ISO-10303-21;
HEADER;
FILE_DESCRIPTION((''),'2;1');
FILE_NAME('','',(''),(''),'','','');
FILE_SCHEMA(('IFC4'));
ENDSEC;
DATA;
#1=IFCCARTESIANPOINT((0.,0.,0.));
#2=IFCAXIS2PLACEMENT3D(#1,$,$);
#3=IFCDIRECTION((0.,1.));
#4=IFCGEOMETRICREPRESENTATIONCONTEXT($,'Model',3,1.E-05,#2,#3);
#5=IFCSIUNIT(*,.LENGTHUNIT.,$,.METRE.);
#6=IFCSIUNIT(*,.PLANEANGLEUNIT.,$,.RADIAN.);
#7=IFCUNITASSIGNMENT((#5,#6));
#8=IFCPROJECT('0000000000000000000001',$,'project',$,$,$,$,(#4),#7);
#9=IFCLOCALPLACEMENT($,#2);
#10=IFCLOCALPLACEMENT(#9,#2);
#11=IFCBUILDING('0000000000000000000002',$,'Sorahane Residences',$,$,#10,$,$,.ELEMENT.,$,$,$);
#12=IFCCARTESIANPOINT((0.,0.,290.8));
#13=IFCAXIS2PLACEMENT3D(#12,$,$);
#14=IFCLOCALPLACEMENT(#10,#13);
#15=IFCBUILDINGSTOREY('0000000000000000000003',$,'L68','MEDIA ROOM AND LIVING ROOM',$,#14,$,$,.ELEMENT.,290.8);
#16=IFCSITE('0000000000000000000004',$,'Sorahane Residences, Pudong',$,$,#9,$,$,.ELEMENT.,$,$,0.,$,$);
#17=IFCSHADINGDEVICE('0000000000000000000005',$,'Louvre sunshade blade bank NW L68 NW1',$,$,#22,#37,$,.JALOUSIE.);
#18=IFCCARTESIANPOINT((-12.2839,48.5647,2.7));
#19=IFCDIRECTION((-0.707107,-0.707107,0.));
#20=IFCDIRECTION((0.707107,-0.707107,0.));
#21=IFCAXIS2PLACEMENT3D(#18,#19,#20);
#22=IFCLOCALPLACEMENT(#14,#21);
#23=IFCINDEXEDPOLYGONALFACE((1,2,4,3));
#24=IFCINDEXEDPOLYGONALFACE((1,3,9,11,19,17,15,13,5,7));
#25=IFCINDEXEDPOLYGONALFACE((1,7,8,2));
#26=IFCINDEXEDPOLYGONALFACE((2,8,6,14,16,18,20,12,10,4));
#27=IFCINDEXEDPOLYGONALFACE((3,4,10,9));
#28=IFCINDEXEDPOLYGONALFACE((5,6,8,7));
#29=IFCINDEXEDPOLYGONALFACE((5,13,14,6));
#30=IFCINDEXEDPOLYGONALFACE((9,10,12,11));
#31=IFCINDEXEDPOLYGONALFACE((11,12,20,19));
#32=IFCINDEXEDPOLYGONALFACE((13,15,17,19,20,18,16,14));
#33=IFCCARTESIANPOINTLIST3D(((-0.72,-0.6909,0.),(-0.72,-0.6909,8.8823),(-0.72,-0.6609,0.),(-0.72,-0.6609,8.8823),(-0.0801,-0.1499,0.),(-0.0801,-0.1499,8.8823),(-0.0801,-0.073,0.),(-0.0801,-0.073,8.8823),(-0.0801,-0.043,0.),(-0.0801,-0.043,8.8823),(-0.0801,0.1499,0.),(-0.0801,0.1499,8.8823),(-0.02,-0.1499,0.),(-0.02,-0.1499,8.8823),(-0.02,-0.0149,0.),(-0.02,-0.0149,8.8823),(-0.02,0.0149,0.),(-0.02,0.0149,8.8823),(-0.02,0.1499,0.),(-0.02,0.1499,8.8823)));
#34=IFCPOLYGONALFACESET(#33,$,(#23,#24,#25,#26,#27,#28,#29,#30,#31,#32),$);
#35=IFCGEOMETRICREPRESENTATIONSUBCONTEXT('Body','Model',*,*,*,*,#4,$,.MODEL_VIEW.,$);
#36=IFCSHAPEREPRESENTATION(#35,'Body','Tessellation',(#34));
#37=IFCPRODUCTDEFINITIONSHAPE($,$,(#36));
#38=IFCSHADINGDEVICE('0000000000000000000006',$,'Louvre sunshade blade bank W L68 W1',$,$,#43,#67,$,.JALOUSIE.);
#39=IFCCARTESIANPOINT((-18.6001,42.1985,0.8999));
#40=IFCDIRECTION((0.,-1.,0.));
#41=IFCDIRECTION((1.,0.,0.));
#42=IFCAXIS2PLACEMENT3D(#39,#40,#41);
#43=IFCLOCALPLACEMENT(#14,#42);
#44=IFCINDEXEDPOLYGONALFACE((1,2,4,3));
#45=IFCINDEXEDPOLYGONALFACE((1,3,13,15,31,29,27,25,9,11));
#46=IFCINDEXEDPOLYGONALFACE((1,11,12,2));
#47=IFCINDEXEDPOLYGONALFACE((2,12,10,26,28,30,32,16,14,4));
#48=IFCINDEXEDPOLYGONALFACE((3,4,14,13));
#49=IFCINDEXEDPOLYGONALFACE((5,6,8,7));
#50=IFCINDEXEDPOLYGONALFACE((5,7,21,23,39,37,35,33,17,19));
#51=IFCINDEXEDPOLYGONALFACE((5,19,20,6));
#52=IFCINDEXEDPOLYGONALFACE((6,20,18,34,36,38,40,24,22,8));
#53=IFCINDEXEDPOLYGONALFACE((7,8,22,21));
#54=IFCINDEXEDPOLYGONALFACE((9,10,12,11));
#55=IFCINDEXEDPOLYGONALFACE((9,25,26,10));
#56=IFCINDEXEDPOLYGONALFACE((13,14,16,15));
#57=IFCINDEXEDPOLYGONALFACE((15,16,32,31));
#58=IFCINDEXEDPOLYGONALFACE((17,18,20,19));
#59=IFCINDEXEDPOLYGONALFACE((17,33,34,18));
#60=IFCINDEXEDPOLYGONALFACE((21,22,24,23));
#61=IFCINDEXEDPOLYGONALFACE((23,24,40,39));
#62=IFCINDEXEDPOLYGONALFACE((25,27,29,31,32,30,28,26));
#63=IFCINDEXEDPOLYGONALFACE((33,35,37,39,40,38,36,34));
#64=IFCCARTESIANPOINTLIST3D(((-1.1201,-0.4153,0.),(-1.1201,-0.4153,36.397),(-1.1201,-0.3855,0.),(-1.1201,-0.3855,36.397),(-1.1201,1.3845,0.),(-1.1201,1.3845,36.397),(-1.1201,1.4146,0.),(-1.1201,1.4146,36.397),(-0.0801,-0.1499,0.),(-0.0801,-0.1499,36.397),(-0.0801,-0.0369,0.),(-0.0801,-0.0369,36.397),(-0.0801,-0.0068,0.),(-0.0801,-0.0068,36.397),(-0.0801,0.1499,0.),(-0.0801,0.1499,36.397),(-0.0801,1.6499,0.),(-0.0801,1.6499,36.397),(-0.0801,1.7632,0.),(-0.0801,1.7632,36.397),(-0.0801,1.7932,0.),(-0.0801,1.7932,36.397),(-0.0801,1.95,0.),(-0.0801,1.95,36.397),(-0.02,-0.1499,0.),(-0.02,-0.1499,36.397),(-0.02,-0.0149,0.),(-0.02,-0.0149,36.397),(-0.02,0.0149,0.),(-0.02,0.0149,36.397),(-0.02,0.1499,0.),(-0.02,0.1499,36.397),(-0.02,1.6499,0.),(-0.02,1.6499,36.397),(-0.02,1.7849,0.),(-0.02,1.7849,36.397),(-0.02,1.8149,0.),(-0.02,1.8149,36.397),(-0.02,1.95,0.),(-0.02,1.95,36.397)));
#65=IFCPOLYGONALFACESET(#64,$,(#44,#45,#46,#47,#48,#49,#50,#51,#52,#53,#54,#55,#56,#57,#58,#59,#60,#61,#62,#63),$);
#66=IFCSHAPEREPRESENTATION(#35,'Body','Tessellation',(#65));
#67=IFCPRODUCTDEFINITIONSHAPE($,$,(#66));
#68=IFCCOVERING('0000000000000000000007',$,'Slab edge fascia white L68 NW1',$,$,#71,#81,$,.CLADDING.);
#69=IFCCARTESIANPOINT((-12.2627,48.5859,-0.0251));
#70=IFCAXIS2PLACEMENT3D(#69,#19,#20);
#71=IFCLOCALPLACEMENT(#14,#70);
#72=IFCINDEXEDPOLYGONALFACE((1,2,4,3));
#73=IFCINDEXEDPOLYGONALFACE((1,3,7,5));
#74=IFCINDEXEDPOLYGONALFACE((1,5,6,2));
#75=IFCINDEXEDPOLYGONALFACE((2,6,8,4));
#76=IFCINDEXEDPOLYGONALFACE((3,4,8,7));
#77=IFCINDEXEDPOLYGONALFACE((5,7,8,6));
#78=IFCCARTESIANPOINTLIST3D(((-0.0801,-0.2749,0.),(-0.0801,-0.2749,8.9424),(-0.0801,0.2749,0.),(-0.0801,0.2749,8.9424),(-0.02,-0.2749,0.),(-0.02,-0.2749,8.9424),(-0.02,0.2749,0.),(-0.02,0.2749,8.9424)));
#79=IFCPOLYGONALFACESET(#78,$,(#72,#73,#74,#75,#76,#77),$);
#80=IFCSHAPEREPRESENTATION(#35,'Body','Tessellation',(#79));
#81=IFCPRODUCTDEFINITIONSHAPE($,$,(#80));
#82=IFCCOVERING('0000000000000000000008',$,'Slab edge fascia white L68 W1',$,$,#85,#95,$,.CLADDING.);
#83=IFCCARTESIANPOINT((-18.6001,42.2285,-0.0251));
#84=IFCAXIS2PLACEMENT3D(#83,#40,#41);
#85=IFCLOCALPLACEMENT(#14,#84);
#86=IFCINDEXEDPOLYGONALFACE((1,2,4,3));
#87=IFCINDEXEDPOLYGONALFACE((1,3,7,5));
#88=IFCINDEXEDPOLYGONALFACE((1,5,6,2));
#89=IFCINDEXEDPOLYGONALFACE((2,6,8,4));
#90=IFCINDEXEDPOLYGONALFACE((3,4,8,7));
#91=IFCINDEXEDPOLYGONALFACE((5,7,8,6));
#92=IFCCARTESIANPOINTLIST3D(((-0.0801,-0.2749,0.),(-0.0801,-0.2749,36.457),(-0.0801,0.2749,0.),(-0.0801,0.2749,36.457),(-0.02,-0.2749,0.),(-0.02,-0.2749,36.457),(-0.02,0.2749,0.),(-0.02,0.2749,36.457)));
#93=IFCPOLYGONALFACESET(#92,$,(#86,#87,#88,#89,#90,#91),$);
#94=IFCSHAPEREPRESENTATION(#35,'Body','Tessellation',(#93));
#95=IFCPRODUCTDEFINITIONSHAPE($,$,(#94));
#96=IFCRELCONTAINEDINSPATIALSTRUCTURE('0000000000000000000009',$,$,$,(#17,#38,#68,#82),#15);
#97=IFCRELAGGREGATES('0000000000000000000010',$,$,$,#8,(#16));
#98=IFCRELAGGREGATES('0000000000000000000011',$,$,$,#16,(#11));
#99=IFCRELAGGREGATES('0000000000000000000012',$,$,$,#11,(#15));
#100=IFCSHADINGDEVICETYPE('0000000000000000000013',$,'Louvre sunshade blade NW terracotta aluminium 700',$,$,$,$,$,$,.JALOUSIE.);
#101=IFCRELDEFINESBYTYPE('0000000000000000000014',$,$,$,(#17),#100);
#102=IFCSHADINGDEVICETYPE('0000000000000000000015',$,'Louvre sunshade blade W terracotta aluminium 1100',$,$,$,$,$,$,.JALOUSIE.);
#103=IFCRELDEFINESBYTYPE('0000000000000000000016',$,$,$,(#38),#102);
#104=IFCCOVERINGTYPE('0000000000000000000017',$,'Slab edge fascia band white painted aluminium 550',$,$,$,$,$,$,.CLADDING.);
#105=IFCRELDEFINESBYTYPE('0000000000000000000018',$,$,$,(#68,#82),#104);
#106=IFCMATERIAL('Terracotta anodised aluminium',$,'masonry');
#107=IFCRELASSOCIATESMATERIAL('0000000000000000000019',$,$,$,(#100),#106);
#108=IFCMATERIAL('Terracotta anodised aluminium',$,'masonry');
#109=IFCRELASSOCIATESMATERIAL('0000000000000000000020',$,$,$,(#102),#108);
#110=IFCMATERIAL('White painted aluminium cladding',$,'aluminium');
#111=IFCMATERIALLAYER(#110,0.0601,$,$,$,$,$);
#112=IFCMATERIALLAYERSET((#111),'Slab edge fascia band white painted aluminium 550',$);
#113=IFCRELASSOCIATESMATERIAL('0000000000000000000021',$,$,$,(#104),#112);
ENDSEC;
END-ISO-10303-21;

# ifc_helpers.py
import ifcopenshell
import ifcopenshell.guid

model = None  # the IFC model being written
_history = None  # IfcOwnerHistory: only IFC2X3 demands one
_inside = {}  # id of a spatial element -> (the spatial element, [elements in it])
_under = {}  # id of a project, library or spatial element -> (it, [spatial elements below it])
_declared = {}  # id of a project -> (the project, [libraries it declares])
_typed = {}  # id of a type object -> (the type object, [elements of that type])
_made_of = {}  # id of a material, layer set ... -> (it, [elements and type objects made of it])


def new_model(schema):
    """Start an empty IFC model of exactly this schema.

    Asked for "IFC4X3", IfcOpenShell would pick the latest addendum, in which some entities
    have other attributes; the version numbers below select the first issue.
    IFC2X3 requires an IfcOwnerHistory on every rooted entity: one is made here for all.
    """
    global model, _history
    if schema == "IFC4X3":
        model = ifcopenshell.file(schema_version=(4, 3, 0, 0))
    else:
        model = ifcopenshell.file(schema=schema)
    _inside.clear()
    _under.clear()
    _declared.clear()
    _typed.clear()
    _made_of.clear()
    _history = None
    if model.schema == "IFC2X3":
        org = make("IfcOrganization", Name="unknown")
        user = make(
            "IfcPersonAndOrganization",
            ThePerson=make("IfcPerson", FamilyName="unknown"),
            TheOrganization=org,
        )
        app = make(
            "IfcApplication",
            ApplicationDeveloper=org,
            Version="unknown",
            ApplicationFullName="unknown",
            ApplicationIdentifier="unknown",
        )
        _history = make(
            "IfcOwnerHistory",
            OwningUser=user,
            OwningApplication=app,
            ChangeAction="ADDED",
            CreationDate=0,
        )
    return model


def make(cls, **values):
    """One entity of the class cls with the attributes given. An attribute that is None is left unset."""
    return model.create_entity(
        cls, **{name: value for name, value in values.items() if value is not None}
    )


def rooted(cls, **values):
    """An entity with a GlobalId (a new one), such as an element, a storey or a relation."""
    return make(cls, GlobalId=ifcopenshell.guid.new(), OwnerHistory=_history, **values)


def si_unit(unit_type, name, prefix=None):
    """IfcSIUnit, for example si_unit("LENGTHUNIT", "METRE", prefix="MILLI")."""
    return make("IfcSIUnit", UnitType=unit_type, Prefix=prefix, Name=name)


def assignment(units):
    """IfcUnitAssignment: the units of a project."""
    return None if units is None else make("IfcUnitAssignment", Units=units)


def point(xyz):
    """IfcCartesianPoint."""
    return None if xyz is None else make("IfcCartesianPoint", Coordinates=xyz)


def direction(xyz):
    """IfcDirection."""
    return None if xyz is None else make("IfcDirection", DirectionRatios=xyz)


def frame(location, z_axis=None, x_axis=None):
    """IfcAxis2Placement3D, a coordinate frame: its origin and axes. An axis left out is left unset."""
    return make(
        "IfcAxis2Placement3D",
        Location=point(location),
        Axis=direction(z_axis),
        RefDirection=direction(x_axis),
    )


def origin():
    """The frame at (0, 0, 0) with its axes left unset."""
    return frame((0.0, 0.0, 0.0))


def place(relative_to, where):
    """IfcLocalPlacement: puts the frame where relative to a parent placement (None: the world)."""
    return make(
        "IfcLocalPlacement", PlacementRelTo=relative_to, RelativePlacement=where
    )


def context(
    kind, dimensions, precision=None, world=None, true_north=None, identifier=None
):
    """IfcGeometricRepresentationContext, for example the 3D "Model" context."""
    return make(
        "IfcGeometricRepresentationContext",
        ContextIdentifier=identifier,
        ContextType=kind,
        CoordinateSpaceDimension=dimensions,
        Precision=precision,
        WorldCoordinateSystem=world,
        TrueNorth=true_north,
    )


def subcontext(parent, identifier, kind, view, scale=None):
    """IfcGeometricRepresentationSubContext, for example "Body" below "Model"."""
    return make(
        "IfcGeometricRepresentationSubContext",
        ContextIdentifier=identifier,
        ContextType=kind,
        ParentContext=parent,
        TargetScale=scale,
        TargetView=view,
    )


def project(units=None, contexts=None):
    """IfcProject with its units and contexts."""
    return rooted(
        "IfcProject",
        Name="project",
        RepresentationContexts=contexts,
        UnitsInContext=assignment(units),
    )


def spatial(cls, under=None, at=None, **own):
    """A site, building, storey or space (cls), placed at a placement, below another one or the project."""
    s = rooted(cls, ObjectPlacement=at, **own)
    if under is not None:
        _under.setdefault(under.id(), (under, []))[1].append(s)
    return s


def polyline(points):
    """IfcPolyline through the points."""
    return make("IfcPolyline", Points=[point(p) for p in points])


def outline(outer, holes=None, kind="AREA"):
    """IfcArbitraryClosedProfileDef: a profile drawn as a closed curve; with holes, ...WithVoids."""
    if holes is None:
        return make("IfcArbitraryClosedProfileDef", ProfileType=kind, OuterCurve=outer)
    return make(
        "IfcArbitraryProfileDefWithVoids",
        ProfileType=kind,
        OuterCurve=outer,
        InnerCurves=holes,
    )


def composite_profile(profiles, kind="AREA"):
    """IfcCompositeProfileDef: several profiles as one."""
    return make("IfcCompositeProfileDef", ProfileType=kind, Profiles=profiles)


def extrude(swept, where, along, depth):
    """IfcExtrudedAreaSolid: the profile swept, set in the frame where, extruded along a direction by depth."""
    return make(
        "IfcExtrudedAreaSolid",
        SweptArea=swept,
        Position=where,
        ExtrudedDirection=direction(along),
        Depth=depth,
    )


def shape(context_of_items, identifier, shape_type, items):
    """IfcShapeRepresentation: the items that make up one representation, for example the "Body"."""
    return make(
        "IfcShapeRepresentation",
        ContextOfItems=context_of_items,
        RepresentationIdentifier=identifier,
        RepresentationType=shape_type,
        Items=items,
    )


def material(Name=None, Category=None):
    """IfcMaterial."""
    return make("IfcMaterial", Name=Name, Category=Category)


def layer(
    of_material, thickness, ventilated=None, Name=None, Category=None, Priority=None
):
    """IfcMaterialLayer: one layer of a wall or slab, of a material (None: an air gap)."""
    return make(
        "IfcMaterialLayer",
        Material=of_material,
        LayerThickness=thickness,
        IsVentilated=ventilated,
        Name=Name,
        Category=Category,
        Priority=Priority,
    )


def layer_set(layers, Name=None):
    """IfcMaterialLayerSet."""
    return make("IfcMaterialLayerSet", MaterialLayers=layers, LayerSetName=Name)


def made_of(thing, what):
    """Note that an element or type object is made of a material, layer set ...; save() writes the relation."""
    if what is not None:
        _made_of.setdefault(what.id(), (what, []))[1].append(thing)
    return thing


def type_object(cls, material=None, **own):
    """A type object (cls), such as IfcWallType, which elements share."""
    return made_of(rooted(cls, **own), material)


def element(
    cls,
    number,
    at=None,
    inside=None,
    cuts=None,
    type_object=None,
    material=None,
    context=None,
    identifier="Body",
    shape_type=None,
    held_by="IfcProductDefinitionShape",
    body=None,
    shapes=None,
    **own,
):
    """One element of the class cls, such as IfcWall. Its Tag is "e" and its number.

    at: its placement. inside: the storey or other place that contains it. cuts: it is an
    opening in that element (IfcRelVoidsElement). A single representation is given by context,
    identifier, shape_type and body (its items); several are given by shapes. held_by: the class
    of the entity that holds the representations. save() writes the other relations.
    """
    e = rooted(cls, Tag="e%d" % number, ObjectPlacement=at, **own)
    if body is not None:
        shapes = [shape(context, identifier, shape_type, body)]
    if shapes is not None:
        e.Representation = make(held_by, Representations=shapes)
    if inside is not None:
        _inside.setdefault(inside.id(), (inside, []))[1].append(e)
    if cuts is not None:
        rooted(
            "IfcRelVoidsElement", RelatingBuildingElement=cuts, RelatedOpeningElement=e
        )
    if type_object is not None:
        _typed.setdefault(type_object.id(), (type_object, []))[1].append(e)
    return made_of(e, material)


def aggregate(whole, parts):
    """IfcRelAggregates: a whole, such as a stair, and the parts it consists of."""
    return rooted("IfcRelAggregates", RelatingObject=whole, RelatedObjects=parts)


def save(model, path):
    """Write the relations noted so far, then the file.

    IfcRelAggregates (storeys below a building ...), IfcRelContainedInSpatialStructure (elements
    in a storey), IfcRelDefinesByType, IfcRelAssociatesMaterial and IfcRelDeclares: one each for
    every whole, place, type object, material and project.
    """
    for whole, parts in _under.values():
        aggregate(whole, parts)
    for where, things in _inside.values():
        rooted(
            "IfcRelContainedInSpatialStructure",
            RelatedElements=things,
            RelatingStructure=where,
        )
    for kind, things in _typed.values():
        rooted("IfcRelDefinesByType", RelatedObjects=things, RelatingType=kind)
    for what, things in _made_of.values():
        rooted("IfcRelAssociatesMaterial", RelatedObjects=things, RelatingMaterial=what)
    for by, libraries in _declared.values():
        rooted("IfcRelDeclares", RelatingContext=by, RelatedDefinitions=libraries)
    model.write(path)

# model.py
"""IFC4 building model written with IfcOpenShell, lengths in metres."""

from ifc_helpers import new_model, si_unit, direction, frame, origin, place, context, subcontext, project, spatial, polyline, outline, composite_profile, extrude, material, layer, layer_set, type_object, element, save


model = new_model("IFC4")

# Units and contexts
model_context = context("Model", 3, precision=1e-05, world=origin(), true_north=direction((0.0, 1.0)))
body_context = subcontext(model_context, "Body", "Model", "MODEL_VIEW")
ifc_project = project(units=[si_unit("LENGTHUNIT", "METRE"), si_unit("PLANEANGLEUNIT", "RADIAN")], contexts=[model_context])

# Site, building, storey
site_placement = place(None, origin())
site = spatial("IfcSite", under=ifc_project, at=site_placement, Name="Sorahane Residences, Pudong", CompositionType="ELEMENT", RefElevation=0.0)
building_placement = place(site_placement, origin())
building = spatial("IfcBuilding", under=site, at=building_placement, Name="Sorahane Residences", CompositionType="ELEMENT")
storey_placement = place(building_placement, frame((0.0, 0.0, 290.8)))
storey = spatial("IfcBuildingStorey", under=building, at=storey_placement, Name="L68", Description="MEDIA ROOM AND LIVING ROOM", CompositionType="ELEMENT", Elevation=290.8)

# Shading devices
ifc_material_1 = material(Name="Terracotta anodised aluminium", Category="masonry")
shading_device_type_1 = type_object("IfcShadingDeviceType", Name="Louvre sunshade blade NW terracotta aluminium 700", PredefinedType="JALOUSIE", material=ifc_material_1)
shading_device_1_placement = place(storey_placement, frame((-12.2839, 48.5647, 2.7), z_axis=(-0.707107, -0.707107, 0.0), x_axis=(0.707107, -0.707107, 0.0)))
element("IfcShadingDevice", 1, at=shading_device_1_placement, inside=storey, type_object=shading_device_type_1, Name="Louvre sunshade blade bank NW L68 NW1", PredefinedType="JALOUSIE", context=body_context, shape_type="SweptSolid", body=[
    extrude(outline(polyline([(-0.72, -0.6609), (-0.72, -0.6909), (-0.0801, -0.073), (-0.0801, -0.1499), (-0.02, -0.1499), (-0.02, -0.0149), (-0.02, 0.0149), (-0.02, 0.1499), (-0.0801, 0.1499), (-0.0801, -0.043), (-0.72, -0.6609)])), origin(), (0.0, 0.0, 1.0), 8.8823),
])
ifc_material_2 = material(Name="Terracotta anodised aluminium", Category="masonry")
shading_device_type_2 = type_object("IfcShadingDeviceType", Name="Louvre sunshade blade W terracotta aluminium 1100", PredefinedType="JALOUSIE", material=ifc_material_2)
shading_device_2_placement = place(storey_placement, frame((-18.6001, 42.1985, 0.8999), z_axis=(0.0, -1.0, 0.0), x_axis=(1.0, 0.0, 0.0)))
element("IfcShadingDevice", 2, at=shading_device_2_placement, inside=storey, type_object=shading_device_type_2, Name="Louvre sunshade blade bank W L68 W1", PredefinedType="JALOUSIE", context=body_context, shape_type="SweptSolid", body=[
    extrude(composite_profile([outline(polyline([(-1.1201, -0.3855), (-1.1201, -0.4153), (-0.0801, -0.0369), (-0.0801, -0.1499), (-0.02, -0.1499), (-0.02, -0.0149), (-0.02, 0.0149), (-0.02, 0.1499), (-0.0801, 0.1499), (-0.0801, -0.0068), (-1.1201, -0.3855)])), outline(polyline([(-1.1201, 1.4146), (-1.1201, 1.3845), (-0.0801, 1.7632), (-0.0801, 1.6499), (-0.02, 1.6499), (-0.02, 1.7849), (-0.02, 1.8149), (-0.02, 1.95), (-0.0801, 1.95), (-0.0801, 1.7932), (-1.1201, 1.4146)]))]), origin(), (0.0, 0.0, 1.0), 36.397),
])

# Coverings
ifc_material_3 = material(Name="White painted aluminium cladding", Category="aluminium")
ifc_layer_1 = layer(ifc_material_3, 0.0601)
ifc_layer_set_1 = layer_set([ifc_layer_1], Name="Slab edge fascia band white painted aluminium 550")
covering_type = type_object("IfcCoveringType", Name="Slab edge fascia band white painted aluminium 550", PredefinedType="CLADDING", material=ifc_layer_set_1)
covering_1_placement = place(storey_placement, frame((-12.2627, 48.5859, -0.0251), z_axis=(-0.707107, -0.707107, 0.0), x_axis=(0.707107, -0.707107, 0.0)))
element("IfcCovering", 3, at=covering_1_placement, inside=storey, type_object=covering_type, Name="Slab edge fascia white L68 NW1", PredefinedType="CLADDING", context=body_context, shape_type="SweptSolid", body=[
    extrude(outline(polyline([(-0.02, 0.2749), (-0.0801, 0.2749), (-0.0801, -0.2749), (-0.02, -0.2749), (-0.02, 0.2749)])), origin(), (0.0, 0.0, 1.0), 8.9424),
])
covering_2_placement = place(storey_placement, frame((-18.6001, 42.2285, -0.0251), z_axis=(0.0, -1.0, 0.0), x_axis=(1.0, 0.0, 0.0)))
element("IfcCovering", 4, at=covering_2_placement, inside=storey, type_object=covering_type, Name="Slab edge fascia white L68 W1", PredefinedType="CLADDING", context=body_context, shape_type="SweptSolid", body=[
    extrude(outline(polyline([(-0.02, 0.2749), (-0.0801, 0.2749), (-0.0801, -0.2749), (-0.02, -0.2749), (-0.02, 0.2749)])), origin(), (0.0, 0.0, 1.0), 36.457),
])

save(model, "model.ifc")
